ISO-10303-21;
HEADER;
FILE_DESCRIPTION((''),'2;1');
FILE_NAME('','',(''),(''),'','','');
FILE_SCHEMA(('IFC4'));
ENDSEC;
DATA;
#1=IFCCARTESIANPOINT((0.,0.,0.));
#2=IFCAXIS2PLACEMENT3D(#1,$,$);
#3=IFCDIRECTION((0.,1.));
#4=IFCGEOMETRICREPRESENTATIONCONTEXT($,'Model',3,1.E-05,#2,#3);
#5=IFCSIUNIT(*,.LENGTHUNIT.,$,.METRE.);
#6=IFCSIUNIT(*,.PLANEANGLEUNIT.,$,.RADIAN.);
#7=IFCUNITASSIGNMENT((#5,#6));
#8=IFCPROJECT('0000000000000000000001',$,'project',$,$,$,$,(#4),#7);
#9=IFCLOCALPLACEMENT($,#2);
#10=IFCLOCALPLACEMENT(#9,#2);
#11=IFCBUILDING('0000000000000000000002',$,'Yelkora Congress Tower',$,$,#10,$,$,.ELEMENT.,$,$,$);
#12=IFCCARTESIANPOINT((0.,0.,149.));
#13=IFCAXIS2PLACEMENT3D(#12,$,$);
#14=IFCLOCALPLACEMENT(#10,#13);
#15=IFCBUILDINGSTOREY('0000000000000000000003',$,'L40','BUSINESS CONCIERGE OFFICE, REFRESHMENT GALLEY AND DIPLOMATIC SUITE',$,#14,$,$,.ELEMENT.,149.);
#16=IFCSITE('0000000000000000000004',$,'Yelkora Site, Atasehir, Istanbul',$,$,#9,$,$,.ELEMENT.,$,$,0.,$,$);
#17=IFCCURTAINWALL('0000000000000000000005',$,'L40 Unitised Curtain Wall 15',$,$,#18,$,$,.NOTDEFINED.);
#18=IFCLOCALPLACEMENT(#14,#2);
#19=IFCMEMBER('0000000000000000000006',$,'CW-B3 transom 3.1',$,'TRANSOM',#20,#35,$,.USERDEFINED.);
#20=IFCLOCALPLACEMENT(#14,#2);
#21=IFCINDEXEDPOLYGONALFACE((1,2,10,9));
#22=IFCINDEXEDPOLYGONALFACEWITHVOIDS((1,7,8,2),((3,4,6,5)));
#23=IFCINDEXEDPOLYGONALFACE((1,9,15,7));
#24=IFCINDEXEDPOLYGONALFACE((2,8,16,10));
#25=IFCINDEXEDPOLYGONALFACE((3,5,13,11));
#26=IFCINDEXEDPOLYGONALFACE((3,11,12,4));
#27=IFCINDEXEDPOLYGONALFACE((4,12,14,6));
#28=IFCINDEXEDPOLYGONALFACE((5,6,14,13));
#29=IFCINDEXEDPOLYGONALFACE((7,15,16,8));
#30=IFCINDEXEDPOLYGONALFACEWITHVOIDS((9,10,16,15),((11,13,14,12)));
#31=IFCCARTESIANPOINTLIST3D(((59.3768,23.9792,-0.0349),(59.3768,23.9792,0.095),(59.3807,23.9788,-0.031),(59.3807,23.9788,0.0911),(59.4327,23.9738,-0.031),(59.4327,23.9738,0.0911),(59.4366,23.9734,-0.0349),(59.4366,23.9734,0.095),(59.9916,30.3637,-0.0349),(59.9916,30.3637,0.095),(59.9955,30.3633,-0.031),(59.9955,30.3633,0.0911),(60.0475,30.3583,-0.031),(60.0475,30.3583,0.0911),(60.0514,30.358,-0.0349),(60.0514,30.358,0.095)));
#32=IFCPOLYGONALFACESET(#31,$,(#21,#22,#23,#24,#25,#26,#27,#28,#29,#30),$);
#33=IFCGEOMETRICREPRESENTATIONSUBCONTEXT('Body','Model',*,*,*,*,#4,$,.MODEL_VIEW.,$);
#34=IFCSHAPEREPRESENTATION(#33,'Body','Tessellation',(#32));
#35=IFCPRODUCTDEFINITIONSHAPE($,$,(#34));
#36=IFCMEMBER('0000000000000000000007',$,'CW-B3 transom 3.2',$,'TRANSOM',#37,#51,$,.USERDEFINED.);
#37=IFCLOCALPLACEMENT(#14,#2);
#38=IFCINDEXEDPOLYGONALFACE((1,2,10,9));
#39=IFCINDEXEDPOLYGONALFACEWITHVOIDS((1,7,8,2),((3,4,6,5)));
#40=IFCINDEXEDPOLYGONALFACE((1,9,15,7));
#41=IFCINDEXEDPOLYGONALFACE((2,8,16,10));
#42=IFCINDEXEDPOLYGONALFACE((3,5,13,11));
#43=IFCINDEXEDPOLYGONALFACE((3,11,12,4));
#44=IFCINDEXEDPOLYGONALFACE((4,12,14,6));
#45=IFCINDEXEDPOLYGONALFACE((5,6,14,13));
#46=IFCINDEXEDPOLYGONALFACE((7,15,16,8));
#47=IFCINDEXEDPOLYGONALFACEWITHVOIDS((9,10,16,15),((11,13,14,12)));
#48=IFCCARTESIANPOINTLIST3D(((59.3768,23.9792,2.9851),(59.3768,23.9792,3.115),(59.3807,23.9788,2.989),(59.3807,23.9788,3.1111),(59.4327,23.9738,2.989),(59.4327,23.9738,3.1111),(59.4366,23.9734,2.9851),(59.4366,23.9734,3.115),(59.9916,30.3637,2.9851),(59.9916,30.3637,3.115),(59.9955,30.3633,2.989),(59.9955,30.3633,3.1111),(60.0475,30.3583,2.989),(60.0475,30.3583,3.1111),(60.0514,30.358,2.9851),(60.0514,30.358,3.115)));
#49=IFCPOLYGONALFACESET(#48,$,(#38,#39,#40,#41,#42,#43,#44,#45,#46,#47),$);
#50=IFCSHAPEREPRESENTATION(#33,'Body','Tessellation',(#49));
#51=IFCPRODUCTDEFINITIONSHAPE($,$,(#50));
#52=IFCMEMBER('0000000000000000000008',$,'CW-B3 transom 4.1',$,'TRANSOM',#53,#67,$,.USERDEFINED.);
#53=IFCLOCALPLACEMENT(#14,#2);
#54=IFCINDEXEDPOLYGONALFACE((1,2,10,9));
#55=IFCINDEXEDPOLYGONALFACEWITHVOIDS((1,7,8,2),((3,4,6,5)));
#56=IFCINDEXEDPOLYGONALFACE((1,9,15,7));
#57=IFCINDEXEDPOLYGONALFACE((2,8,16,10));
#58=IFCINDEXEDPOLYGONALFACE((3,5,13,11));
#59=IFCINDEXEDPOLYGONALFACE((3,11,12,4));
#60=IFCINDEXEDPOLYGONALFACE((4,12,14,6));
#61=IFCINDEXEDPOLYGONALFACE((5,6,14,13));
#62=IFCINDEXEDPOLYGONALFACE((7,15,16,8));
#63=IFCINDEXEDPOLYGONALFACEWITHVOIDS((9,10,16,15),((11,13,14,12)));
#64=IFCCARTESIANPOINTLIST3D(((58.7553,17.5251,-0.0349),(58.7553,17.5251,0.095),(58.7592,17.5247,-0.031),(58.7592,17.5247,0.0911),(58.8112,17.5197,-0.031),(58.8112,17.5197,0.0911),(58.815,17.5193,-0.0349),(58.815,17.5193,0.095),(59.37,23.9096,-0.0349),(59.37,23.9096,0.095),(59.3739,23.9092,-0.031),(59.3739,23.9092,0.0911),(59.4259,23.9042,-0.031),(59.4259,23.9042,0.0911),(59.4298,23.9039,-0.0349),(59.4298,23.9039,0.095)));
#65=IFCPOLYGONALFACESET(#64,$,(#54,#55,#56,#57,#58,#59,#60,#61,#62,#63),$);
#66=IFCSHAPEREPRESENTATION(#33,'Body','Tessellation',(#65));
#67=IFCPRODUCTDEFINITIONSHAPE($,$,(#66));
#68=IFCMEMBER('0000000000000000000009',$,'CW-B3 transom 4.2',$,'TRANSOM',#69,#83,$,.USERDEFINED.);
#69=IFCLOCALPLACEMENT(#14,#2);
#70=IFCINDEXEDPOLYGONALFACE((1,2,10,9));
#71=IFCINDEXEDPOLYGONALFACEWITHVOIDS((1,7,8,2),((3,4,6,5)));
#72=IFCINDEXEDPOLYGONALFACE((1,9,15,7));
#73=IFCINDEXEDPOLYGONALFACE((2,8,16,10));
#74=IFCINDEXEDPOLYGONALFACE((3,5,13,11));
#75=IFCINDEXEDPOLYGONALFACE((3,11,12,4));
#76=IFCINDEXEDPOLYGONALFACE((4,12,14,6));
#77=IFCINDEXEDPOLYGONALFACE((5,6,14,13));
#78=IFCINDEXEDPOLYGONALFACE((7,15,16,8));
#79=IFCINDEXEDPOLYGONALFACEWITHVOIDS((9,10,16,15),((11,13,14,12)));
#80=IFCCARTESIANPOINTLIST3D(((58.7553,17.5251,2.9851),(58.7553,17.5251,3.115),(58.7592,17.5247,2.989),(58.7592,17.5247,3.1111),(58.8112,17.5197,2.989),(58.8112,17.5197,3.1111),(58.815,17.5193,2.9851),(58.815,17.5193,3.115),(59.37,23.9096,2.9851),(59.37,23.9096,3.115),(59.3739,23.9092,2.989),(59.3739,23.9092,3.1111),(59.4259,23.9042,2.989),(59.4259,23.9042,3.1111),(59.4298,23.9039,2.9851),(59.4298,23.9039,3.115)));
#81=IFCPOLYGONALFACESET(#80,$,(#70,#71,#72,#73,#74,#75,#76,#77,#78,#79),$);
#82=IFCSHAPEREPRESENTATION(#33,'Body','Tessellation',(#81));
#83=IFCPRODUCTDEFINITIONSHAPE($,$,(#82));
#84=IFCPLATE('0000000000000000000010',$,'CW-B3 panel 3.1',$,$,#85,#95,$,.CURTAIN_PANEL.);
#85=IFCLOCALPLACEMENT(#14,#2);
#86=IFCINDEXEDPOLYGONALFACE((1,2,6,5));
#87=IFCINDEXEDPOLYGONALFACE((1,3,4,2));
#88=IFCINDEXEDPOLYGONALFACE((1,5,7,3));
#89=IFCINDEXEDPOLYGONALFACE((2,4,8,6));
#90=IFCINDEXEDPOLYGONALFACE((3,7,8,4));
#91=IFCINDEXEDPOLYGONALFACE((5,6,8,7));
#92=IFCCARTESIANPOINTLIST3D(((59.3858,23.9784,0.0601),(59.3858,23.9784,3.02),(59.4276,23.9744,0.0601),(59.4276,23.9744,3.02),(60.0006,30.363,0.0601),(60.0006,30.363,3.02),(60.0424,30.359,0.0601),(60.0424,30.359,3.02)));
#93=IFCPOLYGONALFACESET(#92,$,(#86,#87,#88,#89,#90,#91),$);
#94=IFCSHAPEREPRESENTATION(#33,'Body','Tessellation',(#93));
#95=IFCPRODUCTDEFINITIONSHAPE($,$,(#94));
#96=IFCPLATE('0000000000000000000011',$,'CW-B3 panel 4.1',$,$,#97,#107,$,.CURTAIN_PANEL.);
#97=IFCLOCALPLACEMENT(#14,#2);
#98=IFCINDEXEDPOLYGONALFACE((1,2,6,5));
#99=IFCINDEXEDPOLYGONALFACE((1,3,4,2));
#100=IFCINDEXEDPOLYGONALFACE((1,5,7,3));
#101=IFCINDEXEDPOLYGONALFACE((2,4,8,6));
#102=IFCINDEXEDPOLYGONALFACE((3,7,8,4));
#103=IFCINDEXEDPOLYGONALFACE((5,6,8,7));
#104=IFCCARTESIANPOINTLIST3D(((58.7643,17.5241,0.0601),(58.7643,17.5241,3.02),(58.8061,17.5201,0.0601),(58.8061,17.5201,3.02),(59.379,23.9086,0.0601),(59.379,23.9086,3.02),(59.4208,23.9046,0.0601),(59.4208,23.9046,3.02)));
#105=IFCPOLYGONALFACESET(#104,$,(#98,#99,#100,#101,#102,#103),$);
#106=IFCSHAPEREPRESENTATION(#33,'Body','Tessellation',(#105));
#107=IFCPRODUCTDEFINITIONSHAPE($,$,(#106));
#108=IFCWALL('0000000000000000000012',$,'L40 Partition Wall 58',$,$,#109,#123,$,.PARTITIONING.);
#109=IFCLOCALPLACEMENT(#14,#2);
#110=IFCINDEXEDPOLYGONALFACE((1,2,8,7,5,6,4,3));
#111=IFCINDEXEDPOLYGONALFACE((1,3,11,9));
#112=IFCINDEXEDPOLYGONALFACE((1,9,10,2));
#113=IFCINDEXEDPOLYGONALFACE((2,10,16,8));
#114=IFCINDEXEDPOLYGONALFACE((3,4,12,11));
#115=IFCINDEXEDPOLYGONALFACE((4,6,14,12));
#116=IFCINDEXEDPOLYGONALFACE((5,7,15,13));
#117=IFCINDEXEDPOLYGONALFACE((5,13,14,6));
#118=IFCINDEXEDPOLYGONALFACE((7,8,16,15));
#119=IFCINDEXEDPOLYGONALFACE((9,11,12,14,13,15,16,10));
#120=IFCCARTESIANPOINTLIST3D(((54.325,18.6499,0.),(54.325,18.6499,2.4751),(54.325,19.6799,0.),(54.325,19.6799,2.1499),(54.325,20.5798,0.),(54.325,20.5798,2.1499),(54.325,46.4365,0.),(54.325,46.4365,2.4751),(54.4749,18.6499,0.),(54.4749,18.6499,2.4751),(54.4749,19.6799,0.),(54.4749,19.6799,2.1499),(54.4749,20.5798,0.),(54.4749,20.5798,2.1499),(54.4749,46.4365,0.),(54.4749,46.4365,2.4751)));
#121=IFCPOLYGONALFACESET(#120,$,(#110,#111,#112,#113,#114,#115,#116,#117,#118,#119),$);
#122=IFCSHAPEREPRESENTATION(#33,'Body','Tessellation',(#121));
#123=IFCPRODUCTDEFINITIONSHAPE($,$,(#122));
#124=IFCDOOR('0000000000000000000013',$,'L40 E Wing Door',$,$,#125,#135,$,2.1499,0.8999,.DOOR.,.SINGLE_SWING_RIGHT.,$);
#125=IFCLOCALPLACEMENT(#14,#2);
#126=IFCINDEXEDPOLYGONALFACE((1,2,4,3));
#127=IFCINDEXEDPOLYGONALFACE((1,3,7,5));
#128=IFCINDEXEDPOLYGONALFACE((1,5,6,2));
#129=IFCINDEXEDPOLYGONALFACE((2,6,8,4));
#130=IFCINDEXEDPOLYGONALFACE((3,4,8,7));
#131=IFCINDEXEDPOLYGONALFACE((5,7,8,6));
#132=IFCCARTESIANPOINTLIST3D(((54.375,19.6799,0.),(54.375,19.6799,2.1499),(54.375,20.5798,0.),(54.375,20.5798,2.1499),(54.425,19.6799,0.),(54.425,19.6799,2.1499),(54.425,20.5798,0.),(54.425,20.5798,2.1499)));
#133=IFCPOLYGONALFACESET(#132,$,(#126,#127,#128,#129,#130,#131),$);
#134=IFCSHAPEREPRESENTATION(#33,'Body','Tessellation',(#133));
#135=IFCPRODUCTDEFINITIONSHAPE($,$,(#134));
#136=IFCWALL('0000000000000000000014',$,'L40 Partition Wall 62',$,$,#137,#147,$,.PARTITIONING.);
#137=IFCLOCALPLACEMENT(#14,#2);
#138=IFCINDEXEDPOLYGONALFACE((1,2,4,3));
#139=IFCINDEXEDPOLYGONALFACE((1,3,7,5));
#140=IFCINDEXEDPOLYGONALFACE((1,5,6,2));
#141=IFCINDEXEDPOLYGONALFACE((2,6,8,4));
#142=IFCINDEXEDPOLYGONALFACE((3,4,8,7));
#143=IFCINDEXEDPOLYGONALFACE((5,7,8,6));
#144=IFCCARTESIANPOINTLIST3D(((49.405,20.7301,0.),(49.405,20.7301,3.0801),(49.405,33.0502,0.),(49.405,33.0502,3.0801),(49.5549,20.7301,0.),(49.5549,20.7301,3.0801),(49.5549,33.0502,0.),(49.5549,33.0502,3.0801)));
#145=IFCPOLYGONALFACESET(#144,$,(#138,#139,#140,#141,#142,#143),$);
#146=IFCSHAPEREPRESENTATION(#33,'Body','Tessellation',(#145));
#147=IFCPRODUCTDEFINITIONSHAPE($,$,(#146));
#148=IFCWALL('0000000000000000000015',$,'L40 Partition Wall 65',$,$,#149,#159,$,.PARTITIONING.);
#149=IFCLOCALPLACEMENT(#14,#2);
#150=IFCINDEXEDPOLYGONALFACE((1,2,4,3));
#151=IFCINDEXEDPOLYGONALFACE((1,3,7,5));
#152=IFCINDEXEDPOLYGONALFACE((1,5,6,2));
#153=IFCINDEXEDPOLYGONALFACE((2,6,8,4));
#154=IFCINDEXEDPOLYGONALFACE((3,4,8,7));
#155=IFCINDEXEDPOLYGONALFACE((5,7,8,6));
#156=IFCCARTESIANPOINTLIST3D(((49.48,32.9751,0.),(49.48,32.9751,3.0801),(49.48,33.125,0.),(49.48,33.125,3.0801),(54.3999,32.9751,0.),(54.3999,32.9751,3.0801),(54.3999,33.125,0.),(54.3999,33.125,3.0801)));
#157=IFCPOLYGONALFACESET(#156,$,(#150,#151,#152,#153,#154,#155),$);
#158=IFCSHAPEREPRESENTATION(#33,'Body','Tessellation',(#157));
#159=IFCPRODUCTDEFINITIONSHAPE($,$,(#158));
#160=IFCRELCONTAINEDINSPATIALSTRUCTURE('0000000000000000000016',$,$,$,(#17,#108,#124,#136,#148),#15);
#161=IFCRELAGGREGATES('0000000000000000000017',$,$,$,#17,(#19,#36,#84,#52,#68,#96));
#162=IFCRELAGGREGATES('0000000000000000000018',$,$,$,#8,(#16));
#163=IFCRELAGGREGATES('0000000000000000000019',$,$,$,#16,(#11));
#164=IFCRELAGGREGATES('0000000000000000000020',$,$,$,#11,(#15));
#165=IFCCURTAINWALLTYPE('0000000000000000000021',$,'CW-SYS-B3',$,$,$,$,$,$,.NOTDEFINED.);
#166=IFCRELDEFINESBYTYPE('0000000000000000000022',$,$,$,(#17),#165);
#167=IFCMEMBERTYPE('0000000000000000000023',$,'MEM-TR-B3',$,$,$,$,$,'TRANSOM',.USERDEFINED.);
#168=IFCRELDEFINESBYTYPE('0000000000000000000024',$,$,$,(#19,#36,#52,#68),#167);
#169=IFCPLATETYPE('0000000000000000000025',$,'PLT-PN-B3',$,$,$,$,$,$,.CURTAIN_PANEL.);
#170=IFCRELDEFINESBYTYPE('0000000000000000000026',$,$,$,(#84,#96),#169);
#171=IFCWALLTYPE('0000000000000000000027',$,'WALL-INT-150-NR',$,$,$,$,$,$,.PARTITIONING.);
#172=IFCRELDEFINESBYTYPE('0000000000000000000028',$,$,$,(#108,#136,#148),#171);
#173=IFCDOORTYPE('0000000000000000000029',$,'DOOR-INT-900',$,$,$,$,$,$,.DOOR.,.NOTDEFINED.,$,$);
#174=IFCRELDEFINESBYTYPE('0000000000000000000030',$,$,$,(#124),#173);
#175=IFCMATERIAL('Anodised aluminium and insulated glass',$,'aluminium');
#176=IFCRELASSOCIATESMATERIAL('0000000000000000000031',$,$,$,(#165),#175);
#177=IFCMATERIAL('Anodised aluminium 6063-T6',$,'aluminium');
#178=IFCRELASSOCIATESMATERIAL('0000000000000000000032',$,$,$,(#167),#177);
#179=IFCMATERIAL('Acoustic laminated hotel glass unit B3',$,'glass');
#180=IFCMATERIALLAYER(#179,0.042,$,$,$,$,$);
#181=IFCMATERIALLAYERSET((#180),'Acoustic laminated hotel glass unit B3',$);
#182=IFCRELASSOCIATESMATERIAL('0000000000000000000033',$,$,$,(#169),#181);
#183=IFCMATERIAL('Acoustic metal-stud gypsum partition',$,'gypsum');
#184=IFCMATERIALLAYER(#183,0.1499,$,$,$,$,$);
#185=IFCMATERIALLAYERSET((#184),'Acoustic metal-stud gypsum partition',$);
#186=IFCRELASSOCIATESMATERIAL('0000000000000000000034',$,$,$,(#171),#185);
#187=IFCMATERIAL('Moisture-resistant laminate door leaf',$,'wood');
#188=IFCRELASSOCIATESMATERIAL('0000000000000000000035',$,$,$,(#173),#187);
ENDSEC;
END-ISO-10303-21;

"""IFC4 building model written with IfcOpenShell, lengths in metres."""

from ifc_helpers import new_model, si_unit, direction, frame, frame_2d, origin, origin_2d, place, context, subcontext, project, spatial, rectangle, hollow_rectangle, extrude, material, layer, layer_set, material_profile, profile_set, type_object, element, fill, aggregate, save


model = new_model("IFC4")

# Units and contexts
model_context = context("Model", 3, precision=1e-05, world=origin(), true_north=direction((0.0, 1.0)))
body_context = subcontext(model_context, "Body", "Model", "MODEL_VIEW")
ifc_project = project(units=[si_unit("LENGTHUNIT", "METRE"), si_unit("PLANEANGLEUNIT", "RADIAN")], contexts=[model_context])

# Site, building, storey
site_placement = place(None, origin())
site = spatial("IfcSite", under=ifc_project, at=site_placement, Name="Yelkora Site, Atasehir, Istanbul", CompositionType="ELEMENT", RefElevation=0.0)
building_placement = place(site_placement, origin())
building = spatial("IfcBuilding", under=site, at=building_placement, Name="Yelkora Congress Tower", CompositionType="ELEMENT")
storey_placement = place(building_placement, frame((0.0, 0.0, 149.0)))
storey = spatial("IfcBuildingStorey", under=building, at=storey_placement, Name="L40", Description="BUSINESS CONCIERGE OFFICE, REFRESHMENT GALLEY AND DIPLOMATIC SUITE", CompositionType="ELEMENT", Elevation=149.0)

# Curtain wall, members, plates
ifc_material_1 = material(Name="Anodised aluminium and insulated glass", Category="aluminium")
curtain_wall_type = type_object("IfcCurtainWallType", Name="CW-SYS-B3", PredefinedType="NOTDEFINED", material=ifc_material_1)
curtain_wall_placement = place(storey_placement, origin())
curtain_wall = element("IfcCurtainWall", 1, at=curtain_wall_placement, inside=storey, type_object=curtain_wall_type, Name="L40 Unitised Curtain Wall 15", PredefinedType="NOTDEFINED")
ifc_material_2 = material(Name="Anodised aluminium 6063-T6", Category="aluminium")
ifc_material_profile_1 = material_profile(ifc_material_2, hollow_rectangle(XDim=0.0601, YDim=0.1299, WallThickness=0.0039, at=origin_2d()), Name="ALU 60x130x4")
ifc_profile_set_1 = profile_set([ifc_material_profile_1], Name="Anodised aluminium 6063-T6")
member_type_1 = type_object("IfcMemberType", Name="MEM-TR-B3", ElementType="TRANSOM", PredefinedType="USERDEFINED", material=ifc_profile_set_1)
member_1_placement = place(storey_placement, frame((60.0215, 30.3608, 0.03), z_axis=(-0.095844, -0.995396, 0.0), x_axis=(0.995396, -0.095844, 0.0)))
member_1 = element("IfcMember", 2, at=member_1_placement, type_object=member_type_1, Name="CW-B3 transom 3.1", ObjectType="TRANSOM", PredefinedType="USERDEFINED", context=body_context, shape_type="SweptSolid", body=[
    extrude(hollow_rectangle(XDim=0.0601, YDim=0.1299, WallThickness=0.0039, at=origin_2d()), origin(), (0.0, 0.0, 1.0), 6.4141),
])
member_2_placement = place(storey_placement, frame((60.0215, 30.3608, 3.05), z_axis=(-0.095844, -0.995396, 0.0), x_axis=(0.995396, -0.095844, 0.0)))
member_2 = element("IfcMember", 3, at=member_2_placement, type_object=member_type_1, Name="CW-B3 transom 3.2", ObjectType="TRANSOM", PredefinedType="USERDEFINED", context=body_context, shape_type="SweptSolid", body=[
    extrude(hollow_rectangle(XDim=0.0601, YDim=0.1299, WallThickness=0.0039, at=origin_2d()), origin(), (0.0, 0.0, 1.0), 6.4141),
])
member_3_placement = place(storey_placement, frame((59.3999, 23.9067, 0.03), z_axis=(-0.095844, -0.995396, 0.0), x_axis=(0.995396, -0.095844, 0.0)))
member_3 = element("IfcMember", 4, at=member_3_placement, type_object=member_type_1, Name="CW-B3 transom 4.1", ObjectType="TRANSOM", PredefinedType="USERDEFINED", context=body_context, shape_type="SweptSolid", body=[
    extrude(hollow_rectangle(XDim=0.0601, YDim=0.1299, WallThickness=0.0039, at=origin_2d()), origin(), (0.0, 0.0, 1.0), 6.4141),
])
member_4_placement = place(storey_placement, frame((59.3999, 23.9067, 3.05), z_axis=(-0.095844, -0.995396, 0.0), x_axis=(0.995396, -0.095844, 0.0)))
member_4 = element("IfcMember", 5, at=member_4_placement, type_object=member_type_1, Name="CW-B3 transom 4.2", ObjectType="TRANSOM", PredefinedType="USERDEFINED", context=body_context, shape_type="SweptSolid", body=[
    extrude(hollow_rectangle(XDim=0.0601, YDim=0.1299, WallThickness=0.0039, at=origin_2d()), origin(), (0.0, 0.0, 1.0), 6.4141),
])
ifc_material_3 = material(Name="Acoustic laminated hotel glass unit B3", Category="glass")
ifc_layer_1 = layer(ifc_material_3, 0.042)
ifc_layer_set_1 = layer_set([ifc_layer_1], Name="Acoustic laminated hotel glass unit B3")
plate_type = type_object("IfcPlateType", Name="PLT-PN-B3", PredefinedType="CURTAIN_PANEL", material=ifc_layer_set_1)
plate_1_placement = place(storey_placement, frame((59.7141, 27.1687, 0.0601), z_axis=(0.0, 0.0, 1.0), x_axis=(-0.095842, -0.995397, 0.0)))
plate_1 = element("IfcPlate", 6, at=plate_1_placement, type_object=plate_type, Name="CW-B3 panel 3.1", PredefinedType="CURTAIN_PANEL", context=body_context, shape_type="SweptSolid", body=[
    extrude(rectangle(XDim=6.4141, YDim=0.042, at=origin_2d()), origin(), (0.0, 0.0, 1.0), 2.96),
])
plate_2_placement = place(storey_placement, frame((59.0925, 20.7144, 0.0601), z_axis=(0.0, 0.0, 1.0), x_axis=(-0.095842, -0.995397, 0.0)))
plate_2 = element("IfcPlate", 7, at=plate_2_placement, type_object=plate_type, Name="CW-B3 panel 4.1", PredefinedType="CURTAIN_PANEL", context=body_context, shape_type="SweptSolid", body=[
    extrude(rectangle(XDim=6.4141, YDim=0.042, at=origin_2d()), origin(), (0.0, 0.0, 1.0), 2.96),
])
aggregate(curtain_wall, [member_1, member_2, plate_1, member_3, member_4, plate_2])

# Wall, opening, door
ifc_material_4 = material(Name="Acoustic metal-stud gypsum partition", Category="gypsum")
ifc_layer_2 = layer(ifc_material_4, 0.1499)
ifc_layer_set_2 = layer_set([ifc_layer_2], Name="Acoustic metal-stud gypsum partition")
wall_type = type_object("IfcWallType", Name="WALL-INT-150-NR", PredefinedType="PARTITIONING", material=ifc_layer_set_2)
wall_1_placement = place(storey_placement, frame((54.3999, 18.6499, 0.0), z_axis=(0.0, 0.0, 1.0), x_axis=(0.0, 1.0, 0.0)))
wall_1 = element("IfcWall", 8, at=wall_1_placement, inside=storey, type_object=wall_type, Name="L40 Partition Wall 58", PredefinedType="PARTITIONING", context=body_context, shape_type="SweptSolid", body=[
    extrude(rectangle(XDim=27.7866, YDim=0.1499, at=frame_2d((13.8933, 0.0))), origin(), (0.0, 0.0, 1.0), 2.4751),
])
opening_1_placement = place(wall_1_placement, frame((1.03, 0.0, 0.0)))
opening_1 = element("IfcOpeningElement", 9, at=opening_1_placement, cuts=wall_1, PredefinedType="OPENING", context=body_context, shape_type="SweptSolid", body=[
    extrude(rectangle(XDim=0.8999, YDim=2.1499, at=frame_2d((0.45, 1.075))), frame((0.0, 0.085, 0.0), z_axis=(0.0, -1.0, 0.0), x_axis=(1.0, 0.0, 0.0)), (0.0, 0.0, 1.0), 0.1699),
])
ifc_material_5 = material(Name="Moisture-resistant laminate door leaf", Category="wood")
door_type = type_object("IfcDoorType", Name="DOOR-INT-900", OperationType="NOTDEFINED", PredefinedType="DOOR", material=ifc_material_5)
door_1_placement = place(opening_1_placement, origin())
door_1 = element("IfcDoor", 10, at=door_1_placement, inside=storey, type_object=door_type, Name="L40 E Wing Door", OperationType="SINGLE_SWING_RIGHT", OverallHeight=2.1499, OverallWidth=0.8999, PredefinedType="DOOR", context=body_context, shape_type="SweptSolid", body=[
    extrude(rectangle(XDim=0.8999, YDim=2.1499, at=frame_2d((0.45, 1.075))), frame((0.0, 0.0249, 0.0), z_axis=(0.0, -1.0, 0.0), x_axis=(1.0, 0.0, 0.0)), (0.0, 0.0, 1.0), 0.05),
])
fill(opening_1, door_1)

# Walls
wall_2_placement = place(storey_placement, frame((49.48, 20.73, 0.0), z_axis=(0.0, 0.0, 1.0), x_axis=(0.0, 1.0, 0.0)))
element("IfcWall", 11, at=wall_2_placement, inside=storey, type_object=wall_type, Name="L40 Partition Wall 62", PredefinedType="PARTITIONING", context=body_context, shape_type="SweptSolid", body=[
    extrude(rectangle(XDim=12.3201, YDim=0.1499, at=frame_2d((6.1602, 0.0))), origin(), (0.0, 0.0, 1.0), 3.0801),
])
wall_3_placement = place(storey_placement, frame((49.48, 33.05, 0.0), z_axis=(0.0, 0.0, 1.0), x_axis=(1.0, 0.0, 0.0)))
element("IfcWall", 12, at=wall_3_placement, inside=storey, type_object=wall_type, Name="L40 Partition Wall 65", PredefinedType="PARTITIONING", context=body_context, shape_type="SweptSolid", body=[
    extrude(rectangle(XDim=4.9199, YDim=0.1499, at=frame_2d((2.46, 0.0))), origin(), (0.0, 0.0, 1.0), 3.0801),
])

save(model, "model.ifc")
